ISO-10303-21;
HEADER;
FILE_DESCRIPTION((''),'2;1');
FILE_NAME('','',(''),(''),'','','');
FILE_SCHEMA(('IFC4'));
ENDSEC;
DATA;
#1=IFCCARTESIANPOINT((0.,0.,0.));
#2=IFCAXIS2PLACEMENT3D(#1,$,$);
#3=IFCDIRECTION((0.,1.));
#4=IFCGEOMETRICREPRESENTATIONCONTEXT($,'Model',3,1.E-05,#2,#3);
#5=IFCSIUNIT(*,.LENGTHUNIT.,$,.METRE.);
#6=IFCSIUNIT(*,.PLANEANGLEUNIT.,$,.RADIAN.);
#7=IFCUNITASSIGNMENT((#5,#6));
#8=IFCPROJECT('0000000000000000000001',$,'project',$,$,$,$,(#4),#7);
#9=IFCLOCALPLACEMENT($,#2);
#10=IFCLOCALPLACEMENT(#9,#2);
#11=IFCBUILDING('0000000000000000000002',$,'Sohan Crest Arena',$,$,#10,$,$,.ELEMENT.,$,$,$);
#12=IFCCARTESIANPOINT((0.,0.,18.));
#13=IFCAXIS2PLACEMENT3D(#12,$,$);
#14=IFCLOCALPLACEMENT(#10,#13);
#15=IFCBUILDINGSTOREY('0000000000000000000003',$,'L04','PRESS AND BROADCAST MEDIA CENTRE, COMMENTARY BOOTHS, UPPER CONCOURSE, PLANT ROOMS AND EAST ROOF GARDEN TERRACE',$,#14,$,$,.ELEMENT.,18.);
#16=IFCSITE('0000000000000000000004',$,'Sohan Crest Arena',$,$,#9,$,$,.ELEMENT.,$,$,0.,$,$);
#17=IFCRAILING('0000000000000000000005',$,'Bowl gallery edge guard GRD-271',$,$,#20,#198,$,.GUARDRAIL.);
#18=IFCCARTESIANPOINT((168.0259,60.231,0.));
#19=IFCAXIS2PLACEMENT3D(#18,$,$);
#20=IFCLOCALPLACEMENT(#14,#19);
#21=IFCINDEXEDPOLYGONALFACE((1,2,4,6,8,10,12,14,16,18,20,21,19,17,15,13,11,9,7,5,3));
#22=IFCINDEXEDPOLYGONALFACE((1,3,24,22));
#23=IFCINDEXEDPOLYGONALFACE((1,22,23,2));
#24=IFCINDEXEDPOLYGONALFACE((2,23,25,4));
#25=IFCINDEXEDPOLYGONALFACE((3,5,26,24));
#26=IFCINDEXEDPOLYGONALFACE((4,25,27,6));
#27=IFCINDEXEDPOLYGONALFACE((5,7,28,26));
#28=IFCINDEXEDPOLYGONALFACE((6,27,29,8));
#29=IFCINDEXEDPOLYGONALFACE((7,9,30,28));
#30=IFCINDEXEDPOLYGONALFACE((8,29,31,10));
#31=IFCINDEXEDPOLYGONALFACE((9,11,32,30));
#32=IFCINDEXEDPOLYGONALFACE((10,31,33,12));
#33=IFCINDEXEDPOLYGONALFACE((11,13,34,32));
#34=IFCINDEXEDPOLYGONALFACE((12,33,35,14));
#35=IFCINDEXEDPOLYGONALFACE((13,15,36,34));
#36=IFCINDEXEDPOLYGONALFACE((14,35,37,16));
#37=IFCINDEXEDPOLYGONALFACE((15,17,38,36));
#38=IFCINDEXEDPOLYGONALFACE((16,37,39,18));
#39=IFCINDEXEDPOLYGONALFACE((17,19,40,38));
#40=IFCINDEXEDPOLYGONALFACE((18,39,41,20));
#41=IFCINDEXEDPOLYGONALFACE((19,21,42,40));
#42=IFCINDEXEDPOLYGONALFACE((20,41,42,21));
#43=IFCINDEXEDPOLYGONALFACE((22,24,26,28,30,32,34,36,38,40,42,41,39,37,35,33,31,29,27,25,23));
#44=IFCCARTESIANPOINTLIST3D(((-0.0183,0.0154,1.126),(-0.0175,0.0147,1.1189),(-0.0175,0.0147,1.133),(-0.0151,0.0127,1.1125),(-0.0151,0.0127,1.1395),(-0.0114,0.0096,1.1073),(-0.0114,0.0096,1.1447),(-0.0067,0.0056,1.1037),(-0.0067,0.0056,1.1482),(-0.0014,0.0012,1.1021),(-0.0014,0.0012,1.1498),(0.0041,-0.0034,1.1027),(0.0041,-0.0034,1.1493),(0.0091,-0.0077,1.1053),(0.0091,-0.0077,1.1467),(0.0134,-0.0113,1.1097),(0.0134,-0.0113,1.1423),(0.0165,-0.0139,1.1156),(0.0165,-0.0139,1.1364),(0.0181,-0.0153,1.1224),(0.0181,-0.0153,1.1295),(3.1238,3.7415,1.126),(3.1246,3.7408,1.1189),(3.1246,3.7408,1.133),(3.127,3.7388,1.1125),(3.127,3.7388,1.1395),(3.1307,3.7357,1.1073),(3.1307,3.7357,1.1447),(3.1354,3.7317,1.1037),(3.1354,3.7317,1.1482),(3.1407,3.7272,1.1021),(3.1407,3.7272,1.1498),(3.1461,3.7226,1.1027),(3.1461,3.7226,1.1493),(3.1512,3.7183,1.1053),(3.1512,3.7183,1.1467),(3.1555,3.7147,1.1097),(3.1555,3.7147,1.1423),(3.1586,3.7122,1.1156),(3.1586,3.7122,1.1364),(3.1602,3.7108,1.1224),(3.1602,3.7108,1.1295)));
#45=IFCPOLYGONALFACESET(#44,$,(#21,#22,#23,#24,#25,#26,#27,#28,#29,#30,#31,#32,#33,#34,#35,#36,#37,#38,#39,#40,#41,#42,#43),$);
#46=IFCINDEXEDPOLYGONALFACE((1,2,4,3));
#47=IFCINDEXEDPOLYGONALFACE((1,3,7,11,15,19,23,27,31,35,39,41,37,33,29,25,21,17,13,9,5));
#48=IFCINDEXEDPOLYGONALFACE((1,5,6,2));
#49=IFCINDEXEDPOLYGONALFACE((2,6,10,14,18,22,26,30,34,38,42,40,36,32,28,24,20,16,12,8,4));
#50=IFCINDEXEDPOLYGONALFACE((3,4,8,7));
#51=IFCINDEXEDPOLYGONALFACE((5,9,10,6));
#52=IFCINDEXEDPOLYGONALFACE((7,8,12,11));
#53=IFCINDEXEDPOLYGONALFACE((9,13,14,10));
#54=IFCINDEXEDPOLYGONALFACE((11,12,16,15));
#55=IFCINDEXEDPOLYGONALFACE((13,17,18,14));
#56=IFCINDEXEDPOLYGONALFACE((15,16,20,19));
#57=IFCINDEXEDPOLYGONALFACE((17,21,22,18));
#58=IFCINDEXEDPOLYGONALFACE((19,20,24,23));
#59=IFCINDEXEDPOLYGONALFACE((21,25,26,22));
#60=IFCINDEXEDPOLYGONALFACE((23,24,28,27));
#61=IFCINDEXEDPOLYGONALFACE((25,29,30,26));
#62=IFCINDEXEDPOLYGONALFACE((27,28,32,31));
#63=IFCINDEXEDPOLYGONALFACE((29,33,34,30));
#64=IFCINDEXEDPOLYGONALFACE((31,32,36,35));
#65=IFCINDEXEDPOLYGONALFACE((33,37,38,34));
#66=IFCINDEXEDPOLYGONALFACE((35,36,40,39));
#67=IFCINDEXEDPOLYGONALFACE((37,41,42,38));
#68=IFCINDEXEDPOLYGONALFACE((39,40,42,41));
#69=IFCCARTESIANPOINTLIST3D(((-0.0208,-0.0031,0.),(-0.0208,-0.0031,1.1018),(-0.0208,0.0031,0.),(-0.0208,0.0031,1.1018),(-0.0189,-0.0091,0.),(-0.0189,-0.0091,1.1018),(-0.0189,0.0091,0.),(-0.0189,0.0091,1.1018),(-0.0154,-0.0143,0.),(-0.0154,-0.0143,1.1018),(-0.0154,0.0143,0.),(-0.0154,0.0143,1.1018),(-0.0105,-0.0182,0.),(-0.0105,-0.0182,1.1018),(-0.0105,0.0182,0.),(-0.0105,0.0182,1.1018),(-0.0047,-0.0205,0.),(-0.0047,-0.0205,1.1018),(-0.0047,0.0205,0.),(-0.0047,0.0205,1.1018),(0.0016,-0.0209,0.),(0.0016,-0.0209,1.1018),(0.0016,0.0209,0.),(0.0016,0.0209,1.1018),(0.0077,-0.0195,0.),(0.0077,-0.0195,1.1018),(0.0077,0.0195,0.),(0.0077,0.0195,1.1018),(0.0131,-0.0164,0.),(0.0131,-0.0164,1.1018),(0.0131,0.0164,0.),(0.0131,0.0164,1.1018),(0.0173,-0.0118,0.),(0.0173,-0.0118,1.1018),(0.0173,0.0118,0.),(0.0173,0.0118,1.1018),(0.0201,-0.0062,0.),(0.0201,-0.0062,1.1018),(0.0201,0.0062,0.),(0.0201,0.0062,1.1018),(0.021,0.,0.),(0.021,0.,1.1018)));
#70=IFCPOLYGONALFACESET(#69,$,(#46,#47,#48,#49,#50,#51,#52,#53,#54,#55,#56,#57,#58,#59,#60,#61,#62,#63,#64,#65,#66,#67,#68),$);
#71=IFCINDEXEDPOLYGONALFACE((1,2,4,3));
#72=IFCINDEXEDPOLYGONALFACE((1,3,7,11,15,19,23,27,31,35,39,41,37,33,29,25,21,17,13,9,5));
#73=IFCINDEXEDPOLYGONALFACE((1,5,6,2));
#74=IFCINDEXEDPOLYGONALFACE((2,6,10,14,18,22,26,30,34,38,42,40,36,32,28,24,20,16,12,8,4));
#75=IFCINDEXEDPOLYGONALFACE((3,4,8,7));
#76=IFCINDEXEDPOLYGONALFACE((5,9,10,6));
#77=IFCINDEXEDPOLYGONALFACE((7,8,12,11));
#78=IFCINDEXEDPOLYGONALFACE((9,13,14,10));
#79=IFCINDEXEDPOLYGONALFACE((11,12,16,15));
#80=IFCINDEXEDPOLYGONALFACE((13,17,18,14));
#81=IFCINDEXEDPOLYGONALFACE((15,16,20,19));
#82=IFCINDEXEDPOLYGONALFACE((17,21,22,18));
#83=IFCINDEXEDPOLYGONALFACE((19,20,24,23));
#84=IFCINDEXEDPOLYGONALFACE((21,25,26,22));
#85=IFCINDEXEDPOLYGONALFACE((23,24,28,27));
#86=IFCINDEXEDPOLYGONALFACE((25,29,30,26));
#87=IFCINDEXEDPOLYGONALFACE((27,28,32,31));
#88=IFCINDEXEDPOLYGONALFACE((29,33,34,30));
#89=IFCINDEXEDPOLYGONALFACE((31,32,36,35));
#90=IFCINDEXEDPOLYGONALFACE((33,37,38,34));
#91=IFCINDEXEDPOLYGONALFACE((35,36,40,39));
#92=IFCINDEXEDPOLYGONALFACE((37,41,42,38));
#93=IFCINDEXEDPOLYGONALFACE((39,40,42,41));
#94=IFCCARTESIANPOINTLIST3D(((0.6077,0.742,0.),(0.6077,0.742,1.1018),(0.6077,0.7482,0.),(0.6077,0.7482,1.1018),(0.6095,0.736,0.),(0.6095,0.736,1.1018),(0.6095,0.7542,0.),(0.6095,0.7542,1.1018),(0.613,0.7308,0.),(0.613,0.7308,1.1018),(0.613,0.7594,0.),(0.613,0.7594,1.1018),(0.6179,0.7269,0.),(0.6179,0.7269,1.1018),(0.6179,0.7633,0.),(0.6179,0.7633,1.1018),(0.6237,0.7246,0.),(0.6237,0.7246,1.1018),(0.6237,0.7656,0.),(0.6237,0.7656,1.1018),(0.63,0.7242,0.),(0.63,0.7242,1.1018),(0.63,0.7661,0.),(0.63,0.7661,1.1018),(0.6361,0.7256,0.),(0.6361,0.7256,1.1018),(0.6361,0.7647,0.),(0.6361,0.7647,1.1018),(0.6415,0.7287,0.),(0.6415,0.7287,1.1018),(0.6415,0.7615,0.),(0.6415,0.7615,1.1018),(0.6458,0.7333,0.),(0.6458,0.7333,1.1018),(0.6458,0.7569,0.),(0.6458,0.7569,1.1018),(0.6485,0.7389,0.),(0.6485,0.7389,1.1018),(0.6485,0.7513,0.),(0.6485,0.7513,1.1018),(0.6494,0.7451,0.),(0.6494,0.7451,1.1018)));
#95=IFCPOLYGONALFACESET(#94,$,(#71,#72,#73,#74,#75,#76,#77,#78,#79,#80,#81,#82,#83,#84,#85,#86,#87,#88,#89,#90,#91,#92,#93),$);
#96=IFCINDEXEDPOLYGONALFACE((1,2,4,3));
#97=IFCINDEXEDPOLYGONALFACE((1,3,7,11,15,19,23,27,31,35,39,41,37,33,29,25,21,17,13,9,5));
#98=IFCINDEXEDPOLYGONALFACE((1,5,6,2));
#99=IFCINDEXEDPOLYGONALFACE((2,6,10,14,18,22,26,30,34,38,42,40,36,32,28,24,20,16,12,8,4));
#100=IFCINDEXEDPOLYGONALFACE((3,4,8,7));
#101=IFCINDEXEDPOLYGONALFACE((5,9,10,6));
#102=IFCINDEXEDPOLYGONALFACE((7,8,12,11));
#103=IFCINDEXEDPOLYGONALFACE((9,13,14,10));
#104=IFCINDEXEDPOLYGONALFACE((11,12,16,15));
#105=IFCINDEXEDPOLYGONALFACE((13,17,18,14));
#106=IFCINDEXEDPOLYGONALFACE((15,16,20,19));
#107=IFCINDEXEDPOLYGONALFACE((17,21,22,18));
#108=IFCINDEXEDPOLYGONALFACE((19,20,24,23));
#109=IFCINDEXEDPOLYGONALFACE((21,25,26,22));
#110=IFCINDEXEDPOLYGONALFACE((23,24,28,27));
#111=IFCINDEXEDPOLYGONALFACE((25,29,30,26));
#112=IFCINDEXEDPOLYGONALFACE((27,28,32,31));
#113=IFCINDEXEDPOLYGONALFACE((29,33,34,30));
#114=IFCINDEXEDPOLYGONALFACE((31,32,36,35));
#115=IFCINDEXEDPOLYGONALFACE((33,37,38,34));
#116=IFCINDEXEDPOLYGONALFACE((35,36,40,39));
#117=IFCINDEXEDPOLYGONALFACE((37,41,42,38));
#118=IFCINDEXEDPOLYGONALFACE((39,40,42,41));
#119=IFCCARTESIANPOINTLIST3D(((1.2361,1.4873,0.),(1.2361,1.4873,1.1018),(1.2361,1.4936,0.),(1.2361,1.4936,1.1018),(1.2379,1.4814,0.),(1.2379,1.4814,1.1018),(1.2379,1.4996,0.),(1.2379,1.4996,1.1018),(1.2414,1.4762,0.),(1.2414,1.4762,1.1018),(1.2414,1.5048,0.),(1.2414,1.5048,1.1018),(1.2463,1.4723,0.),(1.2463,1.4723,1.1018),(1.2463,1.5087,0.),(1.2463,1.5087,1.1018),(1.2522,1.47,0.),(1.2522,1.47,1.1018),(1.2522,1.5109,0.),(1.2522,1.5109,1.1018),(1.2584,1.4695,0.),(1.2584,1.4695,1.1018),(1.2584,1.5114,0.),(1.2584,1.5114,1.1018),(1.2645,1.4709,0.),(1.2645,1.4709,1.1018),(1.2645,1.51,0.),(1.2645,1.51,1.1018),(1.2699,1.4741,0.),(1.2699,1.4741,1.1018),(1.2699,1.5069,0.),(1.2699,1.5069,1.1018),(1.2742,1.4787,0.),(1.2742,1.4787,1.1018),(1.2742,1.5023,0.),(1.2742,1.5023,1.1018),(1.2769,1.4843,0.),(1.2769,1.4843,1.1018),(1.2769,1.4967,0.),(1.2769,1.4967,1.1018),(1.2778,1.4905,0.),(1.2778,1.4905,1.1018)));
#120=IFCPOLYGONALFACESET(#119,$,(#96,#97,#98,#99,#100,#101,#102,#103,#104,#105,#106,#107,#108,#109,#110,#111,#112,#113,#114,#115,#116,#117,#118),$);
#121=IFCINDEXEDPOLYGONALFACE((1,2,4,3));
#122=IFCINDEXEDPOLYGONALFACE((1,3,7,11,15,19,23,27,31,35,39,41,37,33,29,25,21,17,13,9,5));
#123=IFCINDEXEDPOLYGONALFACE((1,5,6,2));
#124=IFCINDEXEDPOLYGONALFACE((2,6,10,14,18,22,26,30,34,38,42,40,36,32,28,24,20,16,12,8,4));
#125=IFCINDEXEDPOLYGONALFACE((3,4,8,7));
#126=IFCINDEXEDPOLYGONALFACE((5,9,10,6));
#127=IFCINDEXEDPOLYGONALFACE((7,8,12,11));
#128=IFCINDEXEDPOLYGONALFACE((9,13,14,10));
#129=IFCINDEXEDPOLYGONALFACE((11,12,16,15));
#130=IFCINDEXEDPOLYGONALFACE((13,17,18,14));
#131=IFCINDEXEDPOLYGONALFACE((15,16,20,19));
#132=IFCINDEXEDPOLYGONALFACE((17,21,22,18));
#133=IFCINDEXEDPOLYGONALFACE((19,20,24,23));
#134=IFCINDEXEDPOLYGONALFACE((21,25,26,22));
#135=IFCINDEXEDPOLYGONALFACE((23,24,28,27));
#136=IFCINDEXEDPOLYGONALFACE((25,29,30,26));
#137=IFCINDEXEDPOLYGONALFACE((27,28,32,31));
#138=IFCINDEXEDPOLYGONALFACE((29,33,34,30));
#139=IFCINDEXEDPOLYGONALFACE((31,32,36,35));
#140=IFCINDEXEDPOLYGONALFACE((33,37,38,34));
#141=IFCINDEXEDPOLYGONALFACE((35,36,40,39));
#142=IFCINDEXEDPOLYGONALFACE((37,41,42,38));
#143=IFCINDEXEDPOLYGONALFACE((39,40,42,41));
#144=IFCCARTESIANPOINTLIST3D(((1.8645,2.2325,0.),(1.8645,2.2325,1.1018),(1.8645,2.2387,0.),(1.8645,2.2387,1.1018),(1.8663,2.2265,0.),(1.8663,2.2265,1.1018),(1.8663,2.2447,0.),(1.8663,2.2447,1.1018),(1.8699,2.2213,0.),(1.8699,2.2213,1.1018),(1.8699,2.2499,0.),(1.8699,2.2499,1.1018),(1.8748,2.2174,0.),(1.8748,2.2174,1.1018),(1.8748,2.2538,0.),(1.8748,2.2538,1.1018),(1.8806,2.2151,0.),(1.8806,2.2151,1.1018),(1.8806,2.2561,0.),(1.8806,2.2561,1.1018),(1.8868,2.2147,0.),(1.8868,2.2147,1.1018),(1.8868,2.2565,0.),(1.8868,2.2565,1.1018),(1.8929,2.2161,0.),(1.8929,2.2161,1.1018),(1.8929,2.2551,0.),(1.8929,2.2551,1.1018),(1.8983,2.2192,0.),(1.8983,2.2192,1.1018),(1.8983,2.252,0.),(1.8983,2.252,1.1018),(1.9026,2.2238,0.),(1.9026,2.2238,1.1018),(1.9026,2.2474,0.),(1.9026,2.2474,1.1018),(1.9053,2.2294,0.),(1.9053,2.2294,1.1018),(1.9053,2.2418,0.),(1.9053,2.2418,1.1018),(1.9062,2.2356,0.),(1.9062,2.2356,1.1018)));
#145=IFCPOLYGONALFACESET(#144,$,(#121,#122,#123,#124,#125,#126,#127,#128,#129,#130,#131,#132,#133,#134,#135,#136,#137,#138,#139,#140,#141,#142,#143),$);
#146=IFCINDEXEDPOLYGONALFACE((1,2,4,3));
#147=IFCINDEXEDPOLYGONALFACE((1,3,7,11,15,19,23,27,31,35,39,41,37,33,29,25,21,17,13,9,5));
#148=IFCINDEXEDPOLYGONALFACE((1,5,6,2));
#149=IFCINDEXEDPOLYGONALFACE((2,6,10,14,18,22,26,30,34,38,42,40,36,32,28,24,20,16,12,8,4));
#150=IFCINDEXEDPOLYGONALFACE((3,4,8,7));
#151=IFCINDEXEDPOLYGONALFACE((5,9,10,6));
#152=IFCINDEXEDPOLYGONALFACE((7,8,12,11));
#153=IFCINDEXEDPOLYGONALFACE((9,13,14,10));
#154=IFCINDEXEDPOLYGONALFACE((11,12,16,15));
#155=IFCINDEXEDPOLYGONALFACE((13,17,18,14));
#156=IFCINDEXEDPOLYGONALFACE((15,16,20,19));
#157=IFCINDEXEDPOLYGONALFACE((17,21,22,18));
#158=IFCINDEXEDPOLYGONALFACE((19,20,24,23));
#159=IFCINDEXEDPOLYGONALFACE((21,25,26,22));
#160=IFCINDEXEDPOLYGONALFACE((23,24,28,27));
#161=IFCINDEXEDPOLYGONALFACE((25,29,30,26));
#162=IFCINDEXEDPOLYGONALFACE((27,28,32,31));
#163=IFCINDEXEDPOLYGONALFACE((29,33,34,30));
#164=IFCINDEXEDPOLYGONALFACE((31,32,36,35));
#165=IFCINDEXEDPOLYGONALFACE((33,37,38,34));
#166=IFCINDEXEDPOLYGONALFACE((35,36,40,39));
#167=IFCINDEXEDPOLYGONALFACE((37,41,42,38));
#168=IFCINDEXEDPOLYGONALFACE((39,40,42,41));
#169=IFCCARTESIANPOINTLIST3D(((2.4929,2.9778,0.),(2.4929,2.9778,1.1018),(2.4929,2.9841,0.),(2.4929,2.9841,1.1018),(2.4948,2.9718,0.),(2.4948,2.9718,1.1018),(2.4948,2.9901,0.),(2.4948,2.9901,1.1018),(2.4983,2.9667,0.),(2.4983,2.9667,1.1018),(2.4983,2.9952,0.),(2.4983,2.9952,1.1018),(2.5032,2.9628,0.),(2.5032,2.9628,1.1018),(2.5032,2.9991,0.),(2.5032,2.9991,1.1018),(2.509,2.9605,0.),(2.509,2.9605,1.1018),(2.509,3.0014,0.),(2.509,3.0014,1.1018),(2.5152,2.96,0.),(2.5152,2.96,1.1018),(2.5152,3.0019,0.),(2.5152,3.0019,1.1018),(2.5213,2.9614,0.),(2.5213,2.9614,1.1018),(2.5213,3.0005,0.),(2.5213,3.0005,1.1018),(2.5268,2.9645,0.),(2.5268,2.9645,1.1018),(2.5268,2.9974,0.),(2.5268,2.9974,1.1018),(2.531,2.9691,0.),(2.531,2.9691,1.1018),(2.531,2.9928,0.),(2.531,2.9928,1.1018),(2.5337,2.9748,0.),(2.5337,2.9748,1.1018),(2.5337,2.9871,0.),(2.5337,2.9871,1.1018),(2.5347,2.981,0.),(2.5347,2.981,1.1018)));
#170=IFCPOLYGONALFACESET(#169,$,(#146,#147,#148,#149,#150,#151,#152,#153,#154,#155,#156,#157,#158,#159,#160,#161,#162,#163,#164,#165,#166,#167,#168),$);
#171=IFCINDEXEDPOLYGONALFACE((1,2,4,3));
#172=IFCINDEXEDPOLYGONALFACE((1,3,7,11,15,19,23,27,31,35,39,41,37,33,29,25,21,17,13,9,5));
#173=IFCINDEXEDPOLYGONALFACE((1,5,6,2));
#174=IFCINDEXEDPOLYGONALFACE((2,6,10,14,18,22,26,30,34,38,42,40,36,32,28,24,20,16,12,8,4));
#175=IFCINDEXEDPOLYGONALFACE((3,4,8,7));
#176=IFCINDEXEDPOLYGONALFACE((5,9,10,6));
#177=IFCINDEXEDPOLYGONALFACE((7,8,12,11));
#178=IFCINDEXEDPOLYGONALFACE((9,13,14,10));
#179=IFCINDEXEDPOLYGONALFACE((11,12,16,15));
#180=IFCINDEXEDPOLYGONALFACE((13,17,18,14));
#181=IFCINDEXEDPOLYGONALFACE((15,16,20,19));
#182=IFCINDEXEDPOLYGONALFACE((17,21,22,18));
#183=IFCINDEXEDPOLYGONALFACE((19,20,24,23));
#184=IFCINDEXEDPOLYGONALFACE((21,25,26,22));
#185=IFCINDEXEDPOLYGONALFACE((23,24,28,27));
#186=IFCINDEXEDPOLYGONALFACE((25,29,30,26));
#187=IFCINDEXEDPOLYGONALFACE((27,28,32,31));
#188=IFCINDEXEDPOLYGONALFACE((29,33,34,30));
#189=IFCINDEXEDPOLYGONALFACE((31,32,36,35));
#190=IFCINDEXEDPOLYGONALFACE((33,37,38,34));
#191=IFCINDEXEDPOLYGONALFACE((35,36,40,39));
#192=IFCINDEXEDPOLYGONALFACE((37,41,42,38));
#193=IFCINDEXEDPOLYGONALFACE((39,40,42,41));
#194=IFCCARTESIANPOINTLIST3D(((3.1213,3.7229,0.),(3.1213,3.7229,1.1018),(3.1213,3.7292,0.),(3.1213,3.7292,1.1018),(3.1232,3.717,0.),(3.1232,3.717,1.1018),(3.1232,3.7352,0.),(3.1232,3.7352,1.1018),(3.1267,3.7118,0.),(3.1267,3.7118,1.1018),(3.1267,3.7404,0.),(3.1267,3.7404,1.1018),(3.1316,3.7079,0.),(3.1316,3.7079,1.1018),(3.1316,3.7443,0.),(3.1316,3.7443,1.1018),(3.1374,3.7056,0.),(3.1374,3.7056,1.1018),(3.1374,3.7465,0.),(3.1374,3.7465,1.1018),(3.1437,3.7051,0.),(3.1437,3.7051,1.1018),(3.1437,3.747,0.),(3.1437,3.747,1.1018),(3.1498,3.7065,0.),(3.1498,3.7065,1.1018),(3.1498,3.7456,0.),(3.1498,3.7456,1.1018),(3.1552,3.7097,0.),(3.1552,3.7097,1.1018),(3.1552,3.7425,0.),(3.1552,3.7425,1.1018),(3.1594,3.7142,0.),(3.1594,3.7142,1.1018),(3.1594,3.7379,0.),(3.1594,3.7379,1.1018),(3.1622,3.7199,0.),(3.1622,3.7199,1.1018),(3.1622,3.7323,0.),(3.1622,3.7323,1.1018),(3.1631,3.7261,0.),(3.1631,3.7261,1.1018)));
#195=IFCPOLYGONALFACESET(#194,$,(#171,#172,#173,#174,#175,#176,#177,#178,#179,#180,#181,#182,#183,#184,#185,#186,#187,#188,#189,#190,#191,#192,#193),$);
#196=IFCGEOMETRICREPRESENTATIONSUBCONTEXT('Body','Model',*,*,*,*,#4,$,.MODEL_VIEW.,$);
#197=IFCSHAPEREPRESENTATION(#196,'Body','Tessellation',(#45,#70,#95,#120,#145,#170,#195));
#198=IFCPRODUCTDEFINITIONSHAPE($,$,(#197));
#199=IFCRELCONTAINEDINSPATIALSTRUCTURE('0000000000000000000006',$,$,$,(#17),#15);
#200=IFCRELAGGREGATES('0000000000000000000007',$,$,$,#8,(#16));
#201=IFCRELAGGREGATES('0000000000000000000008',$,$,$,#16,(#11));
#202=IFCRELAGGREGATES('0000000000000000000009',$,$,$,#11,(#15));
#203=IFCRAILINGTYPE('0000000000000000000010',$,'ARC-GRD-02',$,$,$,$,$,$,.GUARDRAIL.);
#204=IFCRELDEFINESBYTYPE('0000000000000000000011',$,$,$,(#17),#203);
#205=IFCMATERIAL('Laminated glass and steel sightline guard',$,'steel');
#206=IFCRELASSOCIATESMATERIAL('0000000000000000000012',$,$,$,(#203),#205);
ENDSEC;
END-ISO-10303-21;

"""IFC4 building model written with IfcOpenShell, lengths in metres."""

from ifc_helpers import new_model, si_unit, direction, frame, origin, origin_2d, place, context, subcontext, project, spatial, circle, extrude, material, type_object, element, save


model = new_model("IFC4")

# Units and contexts
model_context = context("Model", 3, precision=1e-05, world=origin(), true_north=direction((0.0, 1.0)))
body_context = subcontext(model_context, "Body", "Model", "MODEL_VIEW")
ifc_project = project(units=[si_unit("LENGTHUNIT", "METRE"), si_unit("PLANEANGLEUNIT", "RADIAN")], contexts=[model_context])

# Site, building, storey
site_placement = place(None, origin())
site = spatial("IfcSite", under=ifc_project, at=site_placement, Name="Sohan Crest Arena", CompositionType="ELEMENT", RefElevation=0.0)
building_placement = place(site_placement, origin())
building = spatial("IfcBuilding", under=site, at=building_placement, Name="Sohan Crest Arena", CompositionType="ELEMENT")
storey_placement = place(building_placement, frame((0.0, 0.0, 18.0)))
storey = spatial("IfcBuildingStorey", under=building, at=storey_placement, Name="L04", Description="PRESS AND BROADCAST MEDIA CENTRE, COMMENTARY BOOTHS, UPPER CONCOURSE, PLANT ROOMS AND EAST ROOF GARDEN TERRACE", CompositionType="ELEMENT", Elevation=18.0)

# Railing
ifc_material_1 = material(Name="Laminated glass and steel sightline guard", Category="steel")
railing_type = type_object("IfcRailingType", Name="ARC-GRD-02", PredefinedType="GUARDRAIL", material=ifc_material_1)
railing_placement = place(storey_placement, frame((168.0259, 60.231, 0.0)))
element("IfcRailing", 1, at=railing_placement, inside=storey, type_object=railing_type, Name="Bowl gallery edge guard GRD-271", PredefinedType="GUARDRAIL", context=body_context, shape_type="SweptSolid", body=[
    extrude(circle(Radius=0.0239, at=origin_2d()), frame((0.0, 0.0, 1.126), z_axis=(0.644657, 0.764472, 0.0), x_axis=(-0.764472, 0.644657, 0.0)), (0.0, 0.0, 1.0), 4.874),
    extrude(circle(Radius=0.021, at=origin_2d()), origin(), (0.0, 0.0, 1.0), 1.1018),
    extrude(circle(Radius=0.021, at=origin_2d()), frame((0.6284, 0.7451, 0.0)), (0.0, 0.0, 1.0), 1.1018),
    extrude(circle(Radius=0.021, at=origin_2d()), frame((1.2568, 1.4905, 0.0)), (0.0, 0.0, 1.0), 1.1018),
    extrude(circle(Radius=0.021, at=origin_2d()), frame((1.8853, 2.2356, 0.0)), (0.0, 0.0, 1.0), 1.1018),
    extrude(circle(Radius=0.021, at=origin_2d()), frame((2.5137, 2.981, 0.0)), (0.0, 0.0, 1.0), 1.1018),
    extrude(circle(Radius=0.021, at=origin_2d()), frame((3.1421, 3.7261, 0.0)), (0.0, 0.0, 1.0), 1.1018),
])

save(model, "model.ifc")
